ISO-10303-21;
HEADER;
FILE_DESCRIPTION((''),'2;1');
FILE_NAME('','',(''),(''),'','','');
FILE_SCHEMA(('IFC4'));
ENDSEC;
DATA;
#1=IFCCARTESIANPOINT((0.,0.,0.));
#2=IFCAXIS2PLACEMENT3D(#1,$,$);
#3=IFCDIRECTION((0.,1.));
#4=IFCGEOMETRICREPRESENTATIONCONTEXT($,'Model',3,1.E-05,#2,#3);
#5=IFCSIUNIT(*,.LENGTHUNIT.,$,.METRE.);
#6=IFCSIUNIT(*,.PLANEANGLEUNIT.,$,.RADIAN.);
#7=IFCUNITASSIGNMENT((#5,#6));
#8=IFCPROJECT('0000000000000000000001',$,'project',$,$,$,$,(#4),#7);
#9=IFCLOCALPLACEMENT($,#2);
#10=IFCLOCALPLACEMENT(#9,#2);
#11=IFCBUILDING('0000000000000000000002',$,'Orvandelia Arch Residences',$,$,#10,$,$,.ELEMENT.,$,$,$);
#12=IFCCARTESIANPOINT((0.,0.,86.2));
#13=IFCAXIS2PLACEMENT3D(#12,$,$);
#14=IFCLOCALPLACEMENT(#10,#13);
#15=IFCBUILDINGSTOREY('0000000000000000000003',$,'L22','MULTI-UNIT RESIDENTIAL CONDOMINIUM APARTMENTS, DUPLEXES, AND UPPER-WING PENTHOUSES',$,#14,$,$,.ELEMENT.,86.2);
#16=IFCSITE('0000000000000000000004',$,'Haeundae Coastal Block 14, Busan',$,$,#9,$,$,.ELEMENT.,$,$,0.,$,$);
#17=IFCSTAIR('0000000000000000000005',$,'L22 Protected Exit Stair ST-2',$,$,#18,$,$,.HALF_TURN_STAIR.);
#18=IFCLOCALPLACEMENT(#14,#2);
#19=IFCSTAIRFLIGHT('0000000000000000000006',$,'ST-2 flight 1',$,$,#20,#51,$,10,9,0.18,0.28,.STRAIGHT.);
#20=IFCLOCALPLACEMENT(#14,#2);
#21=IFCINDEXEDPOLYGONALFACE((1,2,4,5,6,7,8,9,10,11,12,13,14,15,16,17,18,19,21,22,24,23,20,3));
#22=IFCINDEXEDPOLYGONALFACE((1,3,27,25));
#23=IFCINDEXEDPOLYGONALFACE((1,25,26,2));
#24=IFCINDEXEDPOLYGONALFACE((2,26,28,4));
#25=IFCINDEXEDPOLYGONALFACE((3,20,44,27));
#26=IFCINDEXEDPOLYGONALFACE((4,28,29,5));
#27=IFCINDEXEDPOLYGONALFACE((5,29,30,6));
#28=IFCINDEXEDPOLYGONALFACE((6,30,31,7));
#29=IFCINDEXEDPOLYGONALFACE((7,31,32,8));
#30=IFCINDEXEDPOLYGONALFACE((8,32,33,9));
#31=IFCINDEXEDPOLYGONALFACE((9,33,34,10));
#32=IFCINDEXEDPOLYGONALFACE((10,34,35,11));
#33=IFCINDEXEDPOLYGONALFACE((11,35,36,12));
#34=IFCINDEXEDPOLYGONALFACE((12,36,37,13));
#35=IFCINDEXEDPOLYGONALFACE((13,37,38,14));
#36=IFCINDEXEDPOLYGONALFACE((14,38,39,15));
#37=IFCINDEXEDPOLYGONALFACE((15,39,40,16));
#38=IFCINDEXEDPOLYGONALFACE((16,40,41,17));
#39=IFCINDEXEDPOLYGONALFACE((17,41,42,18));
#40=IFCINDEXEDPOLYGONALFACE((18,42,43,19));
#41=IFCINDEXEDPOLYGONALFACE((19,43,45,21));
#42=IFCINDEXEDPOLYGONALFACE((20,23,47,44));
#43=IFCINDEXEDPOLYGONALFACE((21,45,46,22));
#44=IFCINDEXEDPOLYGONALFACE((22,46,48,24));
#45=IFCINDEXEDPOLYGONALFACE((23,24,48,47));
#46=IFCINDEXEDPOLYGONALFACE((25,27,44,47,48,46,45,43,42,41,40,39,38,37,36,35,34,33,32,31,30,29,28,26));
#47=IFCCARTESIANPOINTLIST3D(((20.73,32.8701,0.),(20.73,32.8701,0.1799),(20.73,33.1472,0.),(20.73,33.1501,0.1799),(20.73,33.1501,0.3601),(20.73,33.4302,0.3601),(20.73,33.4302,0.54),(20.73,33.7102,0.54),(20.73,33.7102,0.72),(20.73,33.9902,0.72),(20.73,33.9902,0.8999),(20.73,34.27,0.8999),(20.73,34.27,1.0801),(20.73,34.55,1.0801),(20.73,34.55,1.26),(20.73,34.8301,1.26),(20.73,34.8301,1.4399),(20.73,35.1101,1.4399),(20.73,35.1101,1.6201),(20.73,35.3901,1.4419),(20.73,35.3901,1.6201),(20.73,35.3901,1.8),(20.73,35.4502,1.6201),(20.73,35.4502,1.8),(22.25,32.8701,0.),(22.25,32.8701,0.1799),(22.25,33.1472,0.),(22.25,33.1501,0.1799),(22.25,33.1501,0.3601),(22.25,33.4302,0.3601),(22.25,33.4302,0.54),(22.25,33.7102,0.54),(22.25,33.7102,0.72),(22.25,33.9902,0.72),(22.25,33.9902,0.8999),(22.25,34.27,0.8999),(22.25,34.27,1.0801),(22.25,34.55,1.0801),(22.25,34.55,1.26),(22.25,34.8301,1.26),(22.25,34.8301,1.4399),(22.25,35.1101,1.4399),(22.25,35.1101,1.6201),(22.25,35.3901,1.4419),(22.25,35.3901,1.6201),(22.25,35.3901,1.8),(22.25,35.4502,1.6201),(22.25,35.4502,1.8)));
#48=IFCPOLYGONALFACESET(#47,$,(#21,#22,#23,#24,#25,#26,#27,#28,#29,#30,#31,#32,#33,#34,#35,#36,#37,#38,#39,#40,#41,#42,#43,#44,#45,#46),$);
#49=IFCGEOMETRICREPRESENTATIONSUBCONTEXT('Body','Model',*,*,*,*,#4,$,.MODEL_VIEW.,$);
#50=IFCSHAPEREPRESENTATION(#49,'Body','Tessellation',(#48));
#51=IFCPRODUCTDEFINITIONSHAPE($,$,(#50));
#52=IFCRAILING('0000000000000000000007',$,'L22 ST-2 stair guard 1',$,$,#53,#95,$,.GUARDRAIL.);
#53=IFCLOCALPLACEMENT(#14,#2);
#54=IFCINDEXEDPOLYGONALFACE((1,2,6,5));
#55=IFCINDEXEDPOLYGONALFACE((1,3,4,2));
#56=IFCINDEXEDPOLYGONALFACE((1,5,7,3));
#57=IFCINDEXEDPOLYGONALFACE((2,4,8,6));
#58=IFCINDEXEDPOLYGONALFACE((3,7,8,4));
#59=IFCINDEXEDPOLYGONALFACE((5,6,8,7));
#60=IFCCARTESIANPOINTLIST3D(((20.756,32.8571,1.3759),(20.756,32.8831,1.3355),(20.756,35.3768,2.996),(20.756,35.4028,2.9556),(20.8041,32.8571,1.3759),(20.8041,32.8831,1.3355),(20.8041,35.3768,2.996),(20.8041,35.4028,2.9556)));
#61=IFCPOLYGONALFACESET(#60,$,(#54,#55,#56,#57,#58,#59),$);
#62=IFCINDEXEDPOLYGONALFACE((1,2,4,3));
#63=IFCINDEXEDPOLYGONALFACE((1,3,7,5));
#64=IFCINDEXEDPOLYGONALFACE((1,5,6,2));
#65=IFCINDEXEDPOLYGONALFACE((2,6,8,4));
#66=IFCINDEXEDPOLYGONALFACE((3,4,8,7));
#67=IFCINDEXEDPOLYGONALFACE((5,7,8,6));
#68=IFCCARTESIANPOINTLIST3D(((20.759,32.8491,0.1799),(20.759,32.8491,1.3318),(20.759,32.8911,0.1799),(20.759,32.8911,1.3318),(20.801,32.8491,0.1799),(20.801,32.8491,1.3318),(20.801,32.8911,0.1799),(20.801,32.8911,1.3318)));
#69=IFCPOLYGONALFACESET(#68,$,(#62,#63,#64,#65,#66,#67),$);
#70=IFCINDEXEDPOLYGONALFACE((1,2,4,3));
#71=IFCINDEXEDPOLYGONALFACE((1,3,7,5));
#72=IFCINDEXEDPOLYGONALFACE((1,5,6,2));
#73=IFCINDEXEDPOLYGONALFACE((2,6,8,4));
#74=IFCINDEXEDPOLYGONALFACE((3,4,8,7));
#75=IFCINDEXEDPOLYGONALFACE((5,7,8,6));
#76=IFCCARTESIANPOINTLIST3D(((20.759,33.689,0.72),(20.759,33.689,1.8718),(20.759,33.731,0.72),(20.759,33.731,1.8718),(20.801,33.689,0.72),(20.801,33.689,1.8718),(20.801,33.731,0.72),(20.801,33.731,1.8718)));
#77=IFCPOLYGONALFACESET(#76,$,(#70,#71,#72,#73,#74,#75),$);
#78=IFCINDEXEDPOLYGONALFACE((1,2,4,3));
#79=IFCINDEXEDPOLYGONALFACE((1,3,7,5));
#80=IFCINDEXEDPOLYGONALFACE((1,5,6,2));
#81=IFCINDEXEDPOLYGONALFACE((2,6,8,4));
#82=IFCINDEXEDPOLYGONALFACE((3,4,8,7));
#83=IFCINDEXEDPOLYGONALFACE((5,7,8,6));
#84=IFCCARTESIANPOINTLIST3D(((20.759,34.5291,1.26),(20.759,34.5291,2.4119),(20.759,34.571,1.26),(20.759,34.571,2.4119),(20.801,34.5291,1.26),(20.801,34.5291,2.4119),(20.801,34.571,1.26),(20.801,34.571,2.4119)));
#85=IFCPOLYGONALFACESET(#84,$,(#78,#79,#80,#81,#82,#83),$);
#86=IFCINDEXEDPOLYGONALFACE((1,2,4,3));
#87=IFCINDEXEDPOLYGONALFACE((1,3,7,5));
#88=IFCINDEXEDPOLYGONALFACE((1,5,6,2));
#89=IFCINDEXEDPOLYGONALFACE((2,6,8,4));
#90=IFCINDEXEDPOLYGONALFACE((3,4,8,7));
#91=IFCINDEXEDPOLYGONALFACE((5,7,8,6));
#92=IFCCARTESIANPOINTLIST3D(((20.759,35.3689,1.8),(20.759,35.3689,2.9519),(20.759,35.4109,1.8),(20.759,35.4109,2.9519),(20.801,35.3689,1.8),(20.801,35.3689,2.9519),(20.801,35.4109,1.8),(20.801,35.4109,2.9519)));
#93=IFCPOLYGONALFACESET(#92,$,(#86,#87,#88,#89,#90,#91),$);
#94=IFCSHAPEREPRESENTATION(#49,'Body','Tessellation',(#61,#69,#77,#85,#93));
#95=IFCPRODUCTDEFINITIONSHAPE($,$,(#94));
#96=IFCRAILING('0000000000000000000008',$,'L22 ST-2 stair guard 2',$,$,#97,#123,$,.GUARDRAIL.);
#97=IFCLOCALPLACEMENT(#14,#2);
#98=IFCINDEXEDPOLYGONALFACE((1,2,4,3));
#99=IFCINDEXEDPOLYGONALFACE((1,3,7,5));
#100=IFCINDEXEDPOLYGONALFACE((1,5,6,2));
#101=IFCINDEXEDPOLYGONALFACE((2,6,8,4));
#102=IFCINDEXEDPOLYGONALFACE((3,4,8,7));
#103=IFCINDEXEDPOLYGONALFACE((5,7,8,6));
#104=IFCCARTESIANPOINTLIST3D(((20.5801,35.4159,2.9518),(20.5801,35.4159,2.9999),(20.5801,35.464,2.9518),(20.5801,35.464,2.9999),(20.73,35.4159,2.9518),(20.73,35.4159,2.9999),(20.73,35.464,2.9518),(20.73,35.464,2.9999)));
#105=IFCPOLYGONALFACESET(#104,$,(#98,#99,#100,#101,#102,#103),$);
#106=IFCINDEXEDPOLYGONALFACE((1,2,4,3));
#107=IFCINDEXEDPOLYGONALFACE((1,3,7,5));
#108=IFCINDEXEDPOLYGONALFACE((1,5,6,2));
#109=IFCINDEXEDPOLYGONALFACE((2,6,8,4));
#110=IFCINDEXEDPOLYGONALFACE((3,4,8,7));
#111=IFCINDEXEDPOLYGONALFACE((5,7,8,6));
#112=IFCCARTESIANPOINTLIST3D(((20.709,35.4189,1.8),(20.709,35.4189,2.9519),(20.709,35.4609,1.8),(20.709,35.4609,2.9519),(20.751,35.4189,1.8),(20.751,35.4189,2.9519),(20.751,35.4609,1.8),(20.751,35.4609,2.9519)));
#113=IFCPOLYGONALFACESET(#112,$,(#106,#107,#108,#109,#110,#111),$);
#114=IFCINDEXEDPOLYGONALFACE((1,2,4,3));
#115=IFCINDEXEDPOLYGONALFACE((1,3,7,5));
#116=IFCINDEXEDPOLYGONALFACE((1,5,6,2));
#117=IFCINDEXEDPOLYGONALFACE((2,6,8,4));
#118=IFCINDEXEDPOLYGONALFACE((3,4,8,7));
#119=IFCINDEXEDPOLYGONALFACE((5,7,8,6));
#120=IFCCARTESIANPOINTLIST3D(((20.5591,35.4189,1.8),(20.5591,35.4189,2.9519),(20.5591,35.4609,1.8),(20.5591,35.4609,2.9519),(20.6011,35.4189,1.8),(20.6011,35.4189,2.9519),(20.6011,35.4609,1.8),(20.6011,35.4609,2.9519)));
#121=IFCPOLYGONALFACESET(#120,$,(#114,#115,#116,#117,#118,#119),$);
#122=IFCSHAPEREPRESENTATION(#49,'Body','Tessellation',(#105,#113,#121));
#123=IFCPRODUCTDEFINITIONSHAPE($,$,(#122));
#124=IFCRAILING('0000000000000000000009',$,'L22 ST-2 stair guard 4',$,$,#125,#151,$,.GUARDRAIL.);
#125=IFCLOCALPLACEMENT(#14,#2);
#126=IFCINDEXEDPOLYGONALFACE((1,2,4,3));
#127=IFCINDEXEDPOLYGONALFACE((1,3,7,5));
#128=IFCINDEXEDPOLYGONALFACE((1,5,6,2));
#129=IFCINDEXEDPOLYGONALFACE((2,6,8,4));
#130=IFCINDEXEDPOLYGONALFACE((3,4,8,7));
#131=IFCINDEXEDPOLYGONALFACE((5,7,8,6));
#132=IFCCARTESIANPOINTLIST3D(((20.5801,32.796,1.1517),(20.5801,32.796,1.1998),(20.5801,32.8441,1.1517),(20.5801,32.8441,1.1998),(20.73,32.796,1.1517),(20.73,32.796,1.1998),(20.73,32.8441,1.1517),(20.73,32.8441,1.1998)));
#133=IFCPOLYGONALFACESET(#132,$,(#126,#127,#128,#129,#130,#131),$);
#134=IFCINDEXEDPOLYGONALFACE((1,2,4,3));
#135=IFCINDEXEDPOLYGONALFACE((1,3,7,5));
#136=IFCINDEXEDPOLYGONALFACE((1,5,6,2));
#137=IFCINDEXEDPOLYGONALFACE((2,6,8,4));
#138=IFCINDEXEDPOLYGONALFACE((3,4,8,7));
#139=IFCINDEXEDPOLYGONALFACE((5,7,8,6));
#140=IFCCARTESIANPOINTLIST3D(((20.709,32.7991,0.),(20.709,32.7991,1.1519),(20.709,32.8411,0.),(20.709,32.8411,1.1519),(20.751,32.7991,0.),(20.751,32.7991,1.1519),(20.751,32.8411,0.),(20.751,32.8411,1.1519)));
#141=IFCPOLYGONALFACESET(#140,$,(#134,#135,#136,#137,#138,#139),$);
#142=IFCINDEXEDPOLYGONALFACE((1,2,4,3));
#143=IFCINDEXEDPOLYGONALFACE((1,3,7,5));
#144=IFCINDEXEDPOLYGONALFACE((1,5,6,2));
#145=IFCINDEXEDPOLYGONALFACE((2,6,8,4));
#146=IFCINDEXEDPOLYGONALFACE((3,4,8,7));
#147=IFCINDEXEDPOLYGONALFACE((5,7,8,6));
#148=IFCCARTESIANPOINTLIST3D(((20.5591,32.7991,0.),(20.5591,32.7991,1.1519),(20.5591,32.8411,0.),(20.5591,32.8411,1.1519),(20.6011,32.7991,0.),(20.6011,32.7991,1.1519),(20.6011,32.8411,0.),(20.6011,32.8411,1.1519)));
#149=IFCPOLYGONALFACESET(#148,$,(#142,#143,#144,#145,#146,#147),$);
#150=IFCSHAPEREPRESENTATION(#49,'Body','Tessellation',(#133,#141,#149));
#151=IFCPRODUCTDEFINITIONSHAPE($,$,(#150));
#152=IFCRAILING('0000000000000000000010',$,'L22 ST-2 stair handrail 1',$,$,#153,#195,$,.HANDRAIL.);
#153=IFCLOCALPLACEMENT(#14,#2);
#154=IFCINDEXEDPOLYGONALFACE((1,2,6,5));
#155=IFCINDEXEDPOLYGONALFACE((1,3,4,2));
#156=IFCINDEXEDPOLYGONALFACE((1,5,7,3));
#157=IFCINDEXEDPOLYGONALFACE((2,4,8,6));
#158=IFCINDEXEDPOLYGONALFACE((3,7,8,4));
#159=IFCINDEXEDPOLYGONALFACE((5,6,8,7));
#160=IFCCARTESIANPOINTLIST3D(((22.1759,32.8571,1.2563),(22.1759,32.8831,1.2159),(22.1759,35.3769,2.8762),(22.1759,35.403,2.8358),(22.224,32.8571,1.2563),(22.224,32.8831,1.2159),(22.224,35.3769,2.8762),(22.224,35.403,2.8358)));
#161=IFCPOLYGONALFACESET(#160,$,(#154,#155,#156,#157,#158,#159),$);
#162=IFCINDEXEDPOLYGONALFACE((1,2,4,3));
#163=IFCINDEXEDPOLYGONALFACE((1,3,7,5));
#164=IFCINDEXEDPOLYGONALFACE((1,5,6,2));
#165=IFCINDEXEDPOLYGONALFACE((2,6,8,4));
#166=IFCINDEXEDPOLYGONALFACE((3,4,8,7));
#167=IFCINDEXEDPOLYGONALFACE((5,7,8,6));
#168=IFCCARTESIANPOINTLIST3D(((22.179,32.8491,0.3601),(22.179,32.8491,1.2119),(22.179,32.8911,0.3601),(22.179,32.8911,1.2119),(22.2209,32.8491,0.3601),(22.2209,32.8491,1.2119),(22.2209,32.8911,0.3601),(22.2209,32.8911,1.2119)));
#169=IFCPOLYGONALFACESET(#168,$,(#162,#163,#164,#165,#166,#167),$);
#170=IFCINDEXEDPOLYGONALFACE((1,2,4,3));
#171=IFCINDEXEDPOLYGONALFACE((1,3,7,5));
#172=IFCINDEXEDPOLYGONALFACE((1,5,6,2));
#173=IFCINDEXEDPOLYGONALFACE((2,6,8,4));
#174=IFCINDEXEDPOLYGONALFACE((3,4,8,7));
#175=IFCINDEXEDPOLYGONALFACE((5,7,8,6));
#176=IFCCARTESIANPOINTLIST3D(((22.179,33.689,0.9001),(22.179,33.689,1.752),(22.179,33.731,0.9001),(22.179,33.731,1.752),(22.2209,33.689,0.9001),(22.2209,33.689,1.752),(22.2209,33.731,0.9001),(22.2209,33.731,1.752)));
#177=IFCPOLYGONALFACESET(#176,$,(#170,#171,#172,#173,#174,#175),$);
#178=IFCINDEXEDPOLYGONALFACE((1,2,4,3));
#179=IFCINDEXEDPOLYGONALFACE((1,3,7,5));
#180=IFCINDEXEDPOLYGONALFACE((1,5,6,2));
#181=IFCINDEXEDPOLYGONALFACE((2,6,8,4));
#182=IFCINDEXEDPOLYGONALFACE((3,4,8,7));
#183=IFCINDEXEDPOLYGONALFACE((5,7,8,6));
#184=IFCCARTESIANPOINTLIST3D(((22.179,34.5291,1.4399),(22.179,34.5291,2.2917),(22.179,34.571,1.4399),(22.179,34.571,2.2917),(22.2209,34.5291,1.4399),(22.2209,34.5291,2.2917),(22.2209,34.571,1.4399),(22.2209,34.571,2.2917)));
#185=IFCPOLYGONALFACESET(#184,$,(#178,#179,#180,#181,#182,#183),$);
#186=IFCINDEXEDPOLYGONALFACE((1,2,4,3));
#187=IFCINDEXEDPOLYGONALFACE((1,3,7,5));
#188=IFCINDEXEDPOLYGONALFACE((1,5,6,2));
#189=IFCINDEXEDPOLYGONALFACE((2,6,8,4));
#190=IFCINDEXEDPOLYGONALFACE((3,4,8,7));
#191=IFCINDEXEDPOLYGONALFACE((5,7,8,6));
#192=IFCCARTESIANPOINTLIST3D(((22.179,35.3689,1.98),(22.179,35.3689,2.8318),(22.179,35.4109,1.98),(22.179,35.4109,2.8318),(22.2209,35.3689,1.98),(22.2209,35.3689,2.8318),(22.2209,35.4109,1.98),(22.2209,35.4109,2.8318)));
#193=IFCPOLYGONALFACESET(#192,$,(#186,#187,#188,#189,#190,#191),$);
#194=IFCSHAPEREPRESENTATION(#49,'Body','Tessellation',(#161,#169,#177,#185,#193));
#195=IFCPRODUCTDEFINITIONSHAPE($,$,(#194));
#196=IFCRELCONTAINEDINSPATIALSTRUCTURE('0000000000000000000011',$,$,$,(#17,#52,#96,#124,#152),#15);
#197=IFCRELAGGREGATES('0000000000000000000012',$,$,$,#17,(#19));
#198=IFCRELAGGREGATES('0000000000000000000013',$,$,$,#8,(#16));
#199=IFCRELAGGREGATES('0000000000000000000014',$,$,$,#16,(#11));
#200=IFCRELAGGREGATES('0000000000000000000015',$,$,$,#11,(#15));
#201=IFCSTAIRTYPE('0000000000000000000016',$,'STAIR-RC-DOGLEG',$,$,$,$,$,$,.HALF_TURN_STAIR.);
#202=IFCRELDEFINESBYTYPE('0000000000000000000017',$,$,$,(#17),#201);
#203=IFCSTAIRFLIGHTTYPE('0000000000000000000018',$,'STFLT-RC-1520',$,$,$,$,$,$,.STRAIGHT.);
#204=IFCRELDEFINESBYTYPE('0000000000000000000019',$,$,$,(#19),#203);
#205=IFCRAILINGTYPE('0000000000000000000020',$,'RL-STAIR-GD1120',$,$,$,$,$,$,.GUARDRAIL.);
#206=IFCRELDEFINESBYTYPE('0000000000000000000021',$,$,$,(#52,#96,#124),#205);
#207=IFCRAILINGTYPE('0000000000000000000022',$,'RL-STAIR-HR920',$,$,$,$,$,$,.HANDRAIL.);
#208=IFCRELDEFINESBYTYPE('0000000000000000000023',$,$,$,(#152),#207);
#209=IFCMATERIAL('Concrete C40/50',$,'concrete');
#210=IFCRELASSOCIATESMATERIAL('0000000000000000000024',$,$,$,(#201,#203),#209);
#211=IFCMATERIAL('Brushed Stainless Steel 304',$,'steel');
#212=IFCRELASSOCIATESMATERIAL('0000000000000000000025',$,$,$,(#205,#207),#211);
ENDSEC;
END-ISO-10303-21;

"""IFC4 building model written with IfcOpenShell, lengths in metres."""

from ifc_helpers import new_model, si_unit, direction, frame, origin, origin_2d, place, context, subcontext, project, spatial, polyline, rectangle, outline, extrude, material, type_object, element, aggregate, save


model = new_model("IFC4")

# Units and contexts
model_context = context("Model", 3, precision=1e-05, world=origin(), true_north=direction((0.0, 1.0)))
body_context = subcontext(model_context, "Body", "Model", "MODEL_VIEW")
ifc_project = project(units=[si_unit("LENGTHUNIT", "METRE"), si_unit("PLANEANGLEUNIT", "RADIAN")], contexts=[model_context])

# Site, building, storey
site_placement = place(None, origin())
site = spatial("IfcSite", under=ifc_project, at=site_placement, Name="Haeundae Coastal Block 14, Busan", CompositionType="ELEMENT", RefElevation=0.0)
building_placement = place(site_placement, origin())
building = spatial("IfcBuilding", under=site, at=building_placement, Name="Orvandelia Arch Residences", CompositionType="ELEMENT")
storey_placement = place(building_placement, frame((0.0, 0.0, 86.2)))
storey = spatial("IfcBuildingStorey", under=building, at=storey_placement, Name="L22", Description="MULTI-UNIT RESIDENTIAL CONDOMINIUM APARTMENTS, DUPLEXES, AND UPPER-WING PENTHOUSES", CompositionType="ELEMENT", Elevation=86.2)

# Stair, stair flight
ifc_material_1 = material(Name="Concrete C40/50", Category="concrete")
stair_type = type_object("IfcStairType", Name="STAIR-RC-DOGLEG", PredefinedType="HALF_TURN_STAIR", material=ifc_material_1)
stair_placement = place(storey_placement, origin())
stair = element("IfcStair", 1, at=stair_placement, inside=storey, type_object=stair_type, Name="L22 Protected Exit Stair ST-2", PredefinedType="HALF_TURN_STAIR")
stair_flight_type = type_object("IfcStairFlightType", Name="STFLT-RC-1520", PredefinedType="STRAIGHT", material=ifc_material_1)
stair_flight_placement = place(storey_placement, frame((21.49, 32.8701, 0.0), z_axis=(0.0, 0.0, 1.0), x_axis=(0.0, 1.0, 0.0)))
stair_flight = element("IfcStairFlight", 2, at=stair_flight_placement, type_object=stair_flight_type, Name="ST-2 flight 1", NumberOfRisers=10, NumberOfTreads=9, PredefinedType="STRAIGHT", RiserHeight=0.18, TreadLength=0.28, context=body_context, shape_type="SweptSolid", body=[
    extrude(outline(polyline([(0.0, 0.0), (0.0, 0.1799), (0.28, 0.1799), (0.28, 0.3601), (0.5601, 0.3601), (0.5601, 0.54), (0.8401, 0.54), (0.8401, 0.72), (1.1201, 0.72), (1.1201, 0.8999), (1.3999, 0.8999), (1.3999, 1.0801), (1.6799, 1.0801), (1.6799, 1.26), (1.96, 1.26), (1.96, 1.4399), (2.24, 1.4399), (2.24, 1.6201), (2.52, 1.6201), (2.52, 1.8), (2.5801, 1.8), (2.5801, 1.6201), (2.52, 1.4419), (0.2771, 0.0), (0.0, 0.0)])), frame((0.0, 0.76, 0.0), z_axis=(0.0, -1.0, 0.0), x_axis=(1.0, 0.0, 0.0)), (0.0, 0.0, 1.0), 1.52),
])
aggregate(stair, [stair_flight])

# Railings
ifc_material_2 = material(Name="Brushed Stainless Steel 304", Category="steel")
railing_type_1 = type_object("IfcRailingType", Name="RL-STAIR-GD1120", PredefinedType="GUARDRAIL", material=ifc_material_2)
railing_1_placement = place(storey_placement, frame((20.78, 32.8701, 0.1799)))
element("IfcRailing", 3, at=railing_1_placement, inside=storey, type_object=railing_type_1, Name="L22 ST-2 stair guard 1", PredefinedType="GUARDRAIL", context=body_context, shape_type="SweptSolid", body=[
    extrude(rectangle(XDim=0.0481, YDim=0.0481, at=origin_2d()), frame((0.0, 0.0, 1.1758), z_axis=(0.0, 0.841139, 0.540819), x_axis=(-1.0, 0.0, 0.0)), (0.0, 0.0, 1.0), 2.9956),
    extrude(rectangle(XDim=0.042, YDim=0.042, at=origin_2d()), origin(), (0.0, 0.0, 1.0), 1.1519),
    extrude(rectangle(XDim=0.042, YDim=0.042, at=origin_2d()), frame((0.0, 0.8398, 0.54)), (0.0, 0.0, 1.0), 1.1519),
    extrude(rectangle(XDim=0.042, YDim=0.042, at=origin_2d()), frame((0.0, 1.6799, 1.0801)), (0.0, 0.0, 1.0), 1.1519),
    extrude(rectangle(XDim=0.042, YDim=0.042, at=origin_2d()), frame((0.0, 2.5198, 1.6201)), (0.0, 0.0, 1.0), 1.1519),
])
for number, where, name in (
    (4, (20.73, 35.4399, 1.8), "L22 ST-2 stair guard 2"),
    (5, (20.73, 32.8201, 0.0), "L22 ST-2 stair guard 4"),
):
    element("IfcRailing", number, at=place(storey_placement, frame(where)), inside=storey, type_object=railing_type_1, Name=name, PredefinedType="GUARDRAIL", context=body_context, shape_type="SweptSolid", body=[
        extrude(rectangle(XDim=0.0481, YDim=0.0481, at=origin_2d()), frame((0.0, 0.0, 1.1758), z_axis=(-1.0, 0.0, 0.0), x_axis=(0.0, -1.0, 0.0)), (0.0, 0.0, 1.0), 0.1499),
        extrude(rectangle(XDim=0.042, YDim=0.042, at=origin_2d()), origin(), (0.0, 0.0, 1.0), 1.1519),
        extrude(rectangle(XDim=0.042, YDim=0.042, at=origin_2d()), frame((-0.1499, 0.0, 0.0)), (0.0, 0.0, 1.0), 1.1519),
    ])
railing_type_2 = type_object("IfcRailingType", Name="RL-STAIR-HR920", PredefinedType="HANDRAIL", material=ifc_material_2)
railing_2_placement = place(storey_placement, frame((22.2, 32.8701, 0.3601)))
element("IfcRailing", 6, at=railing_2_placement, inside=storey, type_object=railing_type_2, Name="L22 ST-2 stair handrail 1", PredefinedType="HANDRAIL", context=body_context, shape_type="SweptSolid", body=[
    extrude(rectangle(XDim=0.0481, YDim=0.0481, at=origin_2d()), frame((0.0, 0.0, 0.876), z_axis=(0.0, 0.841176, 0.540762), x_axis=(-1.0, 0.0, 0.0)), (0.0, 0.0, 1.0), 2.9956),
    extrude(rectangle(XDim=0.042, YDim=0.042, at=origin_2d()), origin(), (0.0, 0.0, 1.0), 0.8518),
    extrude(rectangle(XDim=0.042, YDim=0.042, at=origin_2d()), frame((0.0, 0.8398, 0.54)), (0.0, 0.0, 1.0), 0.8518),
    extrude(rectangle(XDim=0.042, YDim=0.042, at=origin_2d()), frame((0.0, 1.6799, 1.0798)), (0.0, 0.0, 1.0), 0.8518),
    extrude(rectangle(XDim=0.042, YDim=0.042, at=origin_2d()), frame((0.0, 2.5198, 1.6199)), (0.0, 0.0, 1.0), 0.8518),
])

save(model, "model.ifc")
